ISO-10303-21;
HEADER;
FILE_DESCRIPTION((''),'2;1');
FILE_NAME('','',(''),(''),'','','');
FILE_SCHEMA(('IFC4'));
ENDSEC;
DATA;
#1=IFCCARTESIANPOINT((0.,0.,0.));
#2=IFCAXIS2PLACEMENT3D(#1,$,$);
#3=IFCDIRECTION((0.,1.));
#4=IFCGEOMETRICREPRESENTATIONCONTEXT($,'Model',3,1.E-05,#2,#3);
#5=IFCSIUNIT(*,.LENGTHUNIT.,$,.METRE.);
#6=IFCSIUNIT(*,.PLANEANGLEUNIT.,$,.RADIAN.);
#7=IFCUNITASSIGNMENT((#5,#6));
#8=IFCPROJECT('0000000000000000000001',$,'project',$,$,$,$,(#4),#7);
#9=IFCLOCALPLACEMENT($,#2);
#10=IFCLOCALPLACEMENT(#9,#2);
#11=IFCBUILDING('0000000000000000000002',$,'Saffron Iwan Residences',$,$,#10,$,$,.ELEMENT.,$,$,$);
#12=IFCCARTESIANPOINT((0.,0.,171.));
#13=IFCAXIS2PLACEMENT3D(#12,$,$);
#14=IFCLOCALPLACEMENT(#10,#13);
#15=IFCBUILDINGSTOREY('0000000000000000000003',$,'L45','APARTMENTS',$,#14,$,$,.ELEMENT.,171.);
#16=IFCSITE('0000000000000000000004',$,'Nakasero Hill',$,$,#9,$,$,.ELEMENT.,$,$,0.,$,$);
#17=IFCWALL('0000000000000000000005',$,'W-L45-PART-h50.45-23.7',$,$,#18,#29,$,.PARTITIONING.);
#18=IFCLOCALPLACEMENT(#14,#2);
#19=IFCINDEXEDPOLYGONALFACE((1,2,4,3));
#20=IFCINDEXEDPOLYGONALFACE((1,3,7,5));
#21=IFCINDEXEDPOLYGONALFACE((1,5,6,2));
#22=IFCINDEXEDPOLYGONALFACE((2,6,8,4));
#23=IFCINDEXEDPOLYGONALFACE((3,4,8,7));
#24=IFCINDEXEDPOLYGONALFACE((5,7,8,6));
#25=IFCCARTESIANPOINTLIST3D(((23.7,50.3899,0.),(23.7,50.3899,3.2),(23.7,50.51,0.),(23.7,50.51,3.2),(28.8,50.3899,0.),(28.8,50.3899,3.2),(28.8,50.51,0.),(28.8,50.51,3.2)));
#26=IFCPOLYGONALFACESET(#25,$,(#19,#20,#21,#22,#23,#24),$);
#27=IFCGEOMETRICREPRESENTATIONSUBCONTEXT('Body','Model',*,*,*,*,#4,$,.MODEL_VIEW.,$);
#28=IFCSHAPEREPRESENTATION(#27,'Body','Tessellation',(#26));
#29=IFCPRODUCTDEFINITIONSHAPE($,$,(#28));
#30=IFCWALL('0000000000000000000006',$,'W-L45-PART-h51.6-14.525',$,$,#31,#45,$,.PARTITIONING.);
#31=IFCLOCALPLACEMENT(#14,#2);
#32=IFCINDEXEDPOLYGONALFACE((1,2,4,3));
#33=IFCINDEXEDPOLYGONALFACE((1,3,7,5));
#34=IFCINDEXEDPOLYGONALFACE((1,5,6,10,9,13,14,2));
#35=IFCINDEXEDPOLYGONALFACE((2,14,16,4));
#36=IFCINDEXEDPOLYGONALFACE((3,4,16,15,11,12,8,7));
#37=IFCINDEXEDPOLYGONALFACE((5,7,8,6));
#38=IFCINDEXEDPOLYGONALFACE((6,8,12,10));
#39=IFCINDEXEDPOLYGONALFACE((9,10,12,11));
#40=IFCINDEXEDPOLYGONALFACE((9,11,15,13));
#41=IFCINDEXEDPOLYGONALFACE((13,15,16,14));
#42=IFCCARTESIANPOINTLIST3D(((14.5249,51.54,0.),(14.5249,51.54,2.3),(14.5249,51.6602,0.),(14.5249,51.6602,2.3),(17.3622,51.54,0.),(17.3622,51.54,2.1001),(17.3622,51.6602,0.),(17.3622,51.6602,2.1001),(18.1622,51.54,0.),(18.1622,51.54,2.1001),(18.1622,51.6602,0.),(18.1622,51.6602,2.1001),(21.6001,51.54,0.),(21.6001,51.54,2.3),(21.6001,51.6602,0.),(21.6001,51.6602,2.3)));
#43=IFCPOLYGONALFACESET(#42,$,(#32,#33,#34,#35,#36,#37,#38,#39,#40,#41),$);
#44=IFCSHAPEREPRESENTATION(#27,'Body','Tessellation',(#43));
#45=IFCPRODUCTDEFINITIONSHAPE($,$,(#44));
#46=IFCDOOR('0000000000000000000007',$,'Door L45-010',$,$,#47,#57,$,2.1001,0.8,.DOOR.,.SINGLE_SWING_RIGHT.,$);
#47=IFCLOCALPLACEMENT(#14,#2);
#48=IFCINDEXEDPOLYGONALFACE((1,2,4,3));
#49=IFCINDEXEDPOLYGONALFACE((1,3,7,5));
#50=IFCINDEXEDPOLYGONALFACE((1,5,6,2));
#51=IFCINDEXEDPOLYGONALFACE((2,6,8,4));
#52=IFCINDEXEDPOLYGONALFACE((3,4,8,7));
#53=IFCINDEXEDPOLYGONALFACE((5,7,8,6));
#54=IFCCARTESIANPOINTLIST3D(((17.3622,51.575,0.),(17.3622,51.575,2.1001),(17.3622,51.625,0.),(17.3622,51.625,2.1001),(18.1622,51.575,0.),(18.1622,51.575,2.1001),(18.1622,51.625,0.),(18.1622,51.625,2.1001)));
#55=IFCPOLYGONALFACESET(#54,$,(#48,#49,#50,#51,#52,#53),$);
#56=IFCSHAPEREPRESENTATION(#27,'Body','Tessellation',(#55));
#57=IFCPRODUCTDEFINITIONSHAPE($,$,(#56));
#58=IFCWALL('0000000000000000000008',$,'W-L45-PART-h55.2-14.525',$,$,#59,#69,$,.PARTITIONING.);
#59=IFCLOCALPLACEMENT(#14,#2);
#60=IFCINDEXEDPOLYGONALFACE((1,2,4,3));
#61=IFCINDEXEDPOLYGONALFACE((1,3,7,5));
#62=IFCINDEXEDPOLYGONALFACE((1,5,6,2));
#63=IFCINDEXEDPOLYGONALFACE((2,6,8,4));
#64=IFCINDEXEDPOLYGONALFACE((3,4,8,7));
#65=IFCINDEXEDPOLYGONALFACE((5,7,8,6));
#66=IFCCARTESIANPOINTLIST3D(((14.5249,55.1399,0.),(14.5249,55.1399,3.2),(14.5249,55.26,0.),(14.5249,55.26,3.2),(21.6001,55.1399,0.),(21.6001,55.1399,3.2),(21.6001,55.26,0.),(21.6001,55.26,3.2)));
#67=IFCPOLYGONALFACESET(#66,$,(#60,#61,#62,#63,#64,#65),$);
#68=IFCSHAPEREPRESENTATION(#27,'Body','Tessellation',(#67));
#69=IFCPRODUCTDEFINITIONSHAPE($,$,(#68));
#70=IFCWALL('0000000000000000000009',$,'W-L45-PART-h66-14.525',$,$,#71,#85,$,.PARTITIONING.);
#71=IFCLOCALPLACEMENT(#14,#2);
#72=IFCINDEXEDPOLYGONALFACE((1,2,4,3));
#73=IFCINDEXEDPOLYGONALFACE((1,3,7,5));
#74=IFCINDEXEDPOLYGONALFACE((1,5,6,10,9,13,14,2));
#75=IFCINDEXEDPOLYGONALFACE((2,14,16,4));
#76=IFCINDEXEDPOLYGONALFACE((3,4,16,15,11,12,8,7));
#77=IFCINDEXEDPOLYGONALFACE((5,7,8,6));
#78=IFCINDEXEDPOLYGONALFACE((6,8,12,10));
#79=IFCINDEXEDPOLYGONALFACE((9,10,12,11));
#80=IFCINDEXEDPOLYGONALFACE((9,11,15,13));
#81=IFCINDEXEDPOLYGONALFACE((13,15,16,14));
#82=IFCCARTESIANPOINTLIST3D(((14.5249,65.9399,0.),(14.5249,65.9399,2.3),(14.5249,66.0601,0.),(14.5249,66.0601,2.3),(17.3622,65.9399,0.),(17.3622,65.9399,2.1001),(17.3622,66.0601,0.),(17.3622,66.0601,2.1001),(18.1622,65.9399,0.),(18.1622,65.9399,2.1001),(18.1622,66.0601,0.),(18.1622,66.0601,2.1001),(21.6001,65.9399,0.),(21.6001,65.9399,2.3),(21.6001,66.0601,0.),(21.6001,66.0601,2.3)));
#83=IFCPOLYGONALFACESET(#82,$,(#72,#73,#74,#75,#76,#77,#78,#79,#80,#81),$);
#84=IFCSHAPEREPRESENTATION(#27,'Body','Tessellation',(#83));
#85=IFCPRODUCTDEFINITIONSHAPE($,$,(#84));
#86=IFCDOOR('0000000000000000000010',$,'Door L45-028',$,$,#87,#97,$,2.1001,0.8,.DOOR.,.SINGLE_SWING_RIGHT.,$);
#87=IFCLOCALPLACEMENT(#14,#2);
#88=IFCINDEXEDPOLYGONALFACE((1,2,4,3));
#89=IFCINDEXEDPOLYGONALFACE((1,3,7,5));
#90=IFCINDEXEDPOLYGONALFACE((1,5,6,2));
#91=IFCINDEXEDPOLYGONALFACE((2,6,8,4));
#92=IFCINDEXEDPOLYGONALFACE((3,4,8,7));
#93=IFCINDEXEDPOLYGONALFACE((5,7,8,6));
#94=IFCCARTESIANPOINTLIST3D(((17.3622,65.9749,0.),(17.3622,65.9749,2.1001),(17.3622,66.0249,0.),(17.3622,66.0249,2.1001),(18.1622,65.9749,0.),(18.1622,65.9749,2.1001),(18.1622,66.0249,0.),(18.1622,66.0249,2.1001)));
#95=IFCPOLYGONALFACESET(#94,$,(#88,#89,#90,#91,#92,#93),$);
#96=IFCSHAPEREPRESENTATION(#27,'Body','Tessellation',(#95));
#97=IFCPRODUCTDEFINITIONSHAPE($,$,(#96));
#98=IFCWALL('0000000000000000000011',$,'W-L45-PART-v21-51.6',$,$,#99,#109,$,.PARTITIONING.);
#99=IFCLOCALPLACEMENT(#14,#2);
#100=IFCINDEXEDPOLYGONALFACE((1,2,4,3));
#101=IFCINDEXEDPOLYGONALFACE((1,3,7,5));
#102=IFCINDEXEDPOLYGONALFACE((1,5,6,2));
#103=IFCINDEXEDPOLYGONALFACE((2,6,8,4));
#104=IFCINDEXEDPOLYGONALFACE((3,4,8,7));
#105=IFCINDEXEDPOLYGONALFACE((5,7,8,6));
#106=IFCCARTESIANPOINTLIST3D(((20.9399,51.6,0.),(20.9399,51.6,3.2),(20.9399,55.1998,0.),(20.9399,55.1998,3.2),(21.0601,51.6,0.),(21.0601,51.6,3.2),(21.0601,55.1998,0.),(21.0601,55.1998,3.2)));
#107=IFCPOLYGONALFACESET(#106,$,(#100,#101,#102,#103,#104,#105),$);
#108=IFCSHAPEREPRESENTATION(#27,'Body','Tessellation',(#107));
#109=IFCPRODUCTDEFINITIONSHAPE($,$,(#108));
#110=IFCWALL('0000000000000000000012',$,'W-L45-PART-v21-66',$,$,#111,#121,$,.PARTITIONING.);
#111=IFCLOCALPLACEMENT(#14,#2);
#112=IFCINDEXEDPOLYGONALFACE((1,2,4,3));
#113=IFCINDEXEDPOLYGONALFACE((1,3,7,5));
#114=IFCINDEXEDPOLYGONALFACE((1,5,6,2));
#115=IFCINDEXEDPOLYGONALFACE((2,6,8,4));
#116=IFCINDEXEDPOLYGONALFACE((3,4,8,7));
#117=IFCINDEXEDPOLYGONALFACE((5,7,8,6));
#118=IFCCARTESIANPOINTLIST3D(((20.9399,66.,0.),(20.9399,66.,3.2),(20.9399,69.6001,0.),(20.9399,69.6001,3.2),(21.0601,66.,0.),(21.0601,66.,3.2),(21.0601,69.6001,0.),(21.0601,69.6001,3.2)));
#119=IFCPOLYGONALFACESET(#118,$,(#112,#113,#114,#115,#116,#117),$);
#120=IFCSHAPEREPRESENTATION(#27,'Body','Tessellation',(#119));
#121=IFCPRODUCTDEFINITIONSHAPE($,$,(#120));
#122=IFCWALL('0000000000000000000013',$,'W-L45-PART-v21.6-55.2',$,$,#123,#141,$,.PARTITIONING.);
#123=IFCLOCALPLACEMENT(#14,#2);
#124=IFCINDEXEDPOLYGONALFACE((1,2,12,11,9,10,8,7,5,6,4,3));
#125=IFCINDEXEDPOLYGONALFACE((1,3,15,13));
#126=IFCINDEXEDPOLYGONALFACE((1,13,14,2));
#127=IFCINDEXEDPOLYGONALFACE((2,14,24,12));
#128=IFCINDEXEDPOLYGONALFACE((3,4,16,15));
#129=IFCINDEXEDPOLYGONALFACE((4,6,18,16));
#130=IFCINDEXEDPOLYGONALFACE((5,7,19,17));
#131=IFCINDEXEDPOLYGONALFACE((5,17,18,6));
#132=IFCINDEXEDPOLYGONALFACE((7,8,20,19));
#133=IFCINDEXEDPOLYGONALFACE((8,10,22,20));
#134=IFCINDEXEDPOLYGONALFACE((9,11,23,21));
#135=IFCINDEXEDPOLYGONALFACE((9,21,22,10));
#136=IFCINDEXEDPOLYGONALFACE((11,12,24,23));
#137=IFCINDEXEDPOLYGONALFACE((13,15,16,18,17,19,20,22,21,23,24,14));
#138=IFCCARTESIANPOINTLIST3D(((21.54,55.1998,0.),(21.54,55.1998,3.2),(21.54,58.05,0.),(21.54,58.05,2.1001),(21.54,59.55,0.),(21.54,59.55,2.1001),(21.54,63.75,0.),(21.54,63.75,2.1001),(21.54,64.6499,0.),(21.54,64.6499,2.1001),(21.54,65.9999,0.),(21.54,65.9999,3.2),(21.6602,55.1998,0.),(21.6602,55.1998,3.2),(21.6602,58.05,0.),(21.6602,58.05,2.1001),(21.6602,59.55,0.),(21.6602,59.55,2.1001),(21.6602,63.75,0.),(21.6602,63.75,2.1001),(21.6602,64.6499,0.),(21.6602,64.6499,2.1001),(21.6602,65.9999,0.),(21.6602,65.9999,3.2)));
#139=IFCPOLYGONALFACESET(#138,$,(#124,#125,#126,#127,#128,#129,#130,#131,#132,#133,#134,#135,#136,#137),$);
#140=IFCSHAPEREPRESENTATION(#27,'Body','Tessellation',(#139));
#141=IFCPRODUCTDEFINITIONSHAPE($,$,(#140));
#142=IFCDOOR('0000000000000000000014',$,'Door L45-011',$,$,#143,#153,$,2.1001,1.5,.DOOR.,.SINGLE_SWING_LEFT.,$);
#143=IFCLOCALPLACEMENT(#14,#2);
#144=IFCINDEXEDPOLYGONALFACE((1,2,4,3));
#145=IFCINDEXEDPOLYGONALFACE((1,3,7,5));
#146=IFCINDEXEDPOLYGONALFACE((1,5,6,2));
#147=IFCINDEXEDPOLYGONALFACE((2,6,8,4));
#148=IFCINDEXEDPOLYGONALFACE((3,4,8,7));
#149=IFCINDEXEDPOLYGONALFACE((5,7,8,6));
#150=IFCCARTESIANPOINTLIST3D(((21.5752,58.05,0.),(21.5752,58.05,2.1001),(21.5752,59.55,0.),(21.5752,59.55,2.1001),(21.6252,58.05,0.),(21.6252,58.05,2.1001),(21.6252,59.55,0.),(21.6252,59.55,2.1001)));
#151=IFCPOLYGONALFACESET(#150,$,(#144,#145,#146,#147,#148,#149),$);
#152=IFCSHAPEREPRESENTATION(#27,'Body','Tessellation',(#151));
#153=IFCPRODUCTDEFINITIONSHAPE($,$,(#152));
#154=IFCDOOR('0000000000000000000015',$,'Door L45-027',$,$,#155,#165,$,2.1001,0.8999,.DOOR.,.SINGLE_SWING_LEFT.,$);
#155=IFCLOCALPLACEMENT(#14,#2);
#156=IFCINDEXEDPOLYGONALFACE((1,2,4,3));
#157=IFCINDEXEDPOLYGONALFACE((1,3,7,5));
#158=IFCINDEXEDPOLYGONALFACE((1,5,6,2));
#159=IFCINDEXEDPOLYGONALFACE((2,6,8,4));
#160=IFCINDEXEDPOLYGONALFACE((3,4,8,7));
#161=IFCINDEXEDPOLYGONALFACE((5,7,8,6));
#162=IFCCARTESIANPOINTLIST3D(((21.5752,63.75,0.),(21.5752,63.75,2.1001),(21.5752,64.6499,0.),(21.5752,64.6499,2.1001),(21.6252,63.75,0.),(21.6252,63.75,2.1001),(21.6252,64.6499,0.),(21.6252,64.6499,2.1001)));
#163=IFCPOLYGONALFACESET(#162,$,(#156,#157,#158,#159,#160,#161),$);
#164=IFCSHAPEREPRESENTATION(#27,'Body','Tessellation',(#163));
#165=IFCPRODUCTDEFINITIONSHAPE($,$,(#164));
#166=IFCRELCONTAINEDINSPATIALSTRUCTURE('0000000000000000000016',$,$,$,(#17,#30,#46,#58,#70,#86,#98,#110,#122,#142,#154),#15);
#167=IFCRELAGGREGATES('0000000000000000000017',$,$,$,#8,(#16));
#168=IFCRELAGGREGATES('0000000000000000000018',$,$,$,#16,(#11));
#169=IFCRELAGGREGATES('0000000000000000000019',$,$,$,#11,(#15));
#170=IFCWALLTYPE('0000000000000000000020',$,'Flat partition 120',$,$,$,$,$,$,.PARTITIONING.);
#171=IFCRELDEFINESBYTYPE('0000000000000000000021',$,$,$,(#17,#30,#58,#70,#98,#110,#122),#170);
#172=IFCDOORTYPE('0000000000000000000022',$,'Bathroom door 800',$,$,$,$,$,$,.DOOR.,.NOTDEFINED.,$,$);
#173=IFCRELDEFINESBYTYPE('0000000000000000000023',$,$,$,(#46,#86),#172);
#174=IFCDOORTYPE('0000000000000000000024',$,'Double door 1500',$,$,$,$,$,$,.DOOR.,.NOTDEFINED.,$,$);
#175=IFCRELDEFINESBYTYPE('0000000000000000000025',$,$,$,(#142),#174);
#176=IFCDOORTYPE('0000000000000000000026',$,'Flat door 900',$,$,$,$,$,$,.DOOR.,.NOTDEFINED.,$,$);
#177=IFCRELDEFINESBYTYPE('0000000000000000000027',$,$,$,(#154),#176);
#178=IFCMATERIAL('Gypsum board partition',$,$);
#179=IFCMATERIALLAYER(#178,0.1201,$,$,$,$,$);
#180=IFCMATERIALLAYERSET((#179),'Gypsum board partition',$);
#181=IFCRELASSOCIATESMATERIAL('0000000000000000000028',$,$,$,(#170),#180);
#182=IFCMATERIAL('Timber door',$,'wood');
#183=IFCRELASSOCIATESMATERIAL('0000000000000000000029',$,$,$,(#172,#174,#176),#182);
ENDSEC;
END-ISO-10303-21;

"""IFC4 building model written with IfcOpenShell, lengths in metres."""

from ifc_helpers import new_model, si_unit, direction, frame, frame_2d, origin, place, context, subcontext, project, spatial, rectangle, extrude, material, layer, layer_set, type_object, element, fill, save


model = new_model("IFC4")

# Units and contexts
model_context = context("Model", 3, precision=1e-05, world=origin(), true_north=direction((0.0, 1.0)))
body_context = subcontext(model_context, "Body", "Model", "MODEL_VIEW")
ifc_project = project(units=[si_unit("LENGTHUNIT", "METRE"), si_unit("PLANEANGLEUNIT", "RADIAN")], contexts=[model_context])

# Site, building, storey
site_placement = place(None, origin())
site = spatial("IfcSite", under=ifc_project, at=site_placement, Name="Nakasero Hill", CompositionType="ELEMENT", RefElevation=0.0)
building_placement = place(site_placement, origin())
building = spatial("IfcBuilding", under=site, at=building_placement, Name="Saffron Iwan Residences", CompositionType="ELEMENT")
storey_placement = place(building_placement, frame((0.0, 0.0, 171.0)))
storey = spatial("IfcBuildingStorey", under=building, at=storey_placement, Name="L45", Description="APARTMENTS", CompositionType="ELEMENT", Elevation=171.0)

# Wall
ifc_material_1 = material(Name="Gypsum board partition")
ifc_layer_1 = layer(ifc_material_1, 0.1201)
ifc_layer_set_1 = layer_set([ifc_layer_1], Name="Gypsum board partition")
wall_type_1 = type_object("IfcWallType", Name="Flat partition 120", PredefinedType="PARTITIONING", material=ifc_layer_set_1)
wall_1_placement = place(storey_placement, frame((23.7, 50.45, 0.0), z_axis=(0.0, 0.0, 1.0), x_axis=(1.0, 0.0, 0.0)))
element("IfcWall", 1, at=wall_1_placement, inside=storey, type_object=wall_type_1, Name="W-L45-PART-h50.45-23.7", PredefinedType="PARTITIONING", context=body_context, shape_type="SweptSolid", body=[
    extrude(rectangle(XDim=5.1001, YDim=0.1201, at=frame_2d((2.55, 0.0))), origin(), (0.0, 0.0, 1.0), 3.2),
])

# Wall, opening, door
wall_2_placement = place(storey_placement, frame((14.5249, 51.6001, 0.0), z_axis=(0.0, 0.0, 1.0), x_axis=(1.0, 0.0, 0.0)))
wall_2 = element("IfcWall", 2, at=wall_2_placement, inside=storey, type_object=wall_type_1, Name="W-L45-PART-h51.6-14.525", PredefinedType="PARTITIONING", context=body_context, shape_type="SweptSolid", body=[
    extrude(rectangle(XDim=7.0752, YDim=0.1201, at=frame_2d((3.5376, 0.0))), origin(), (0.0, 0.0, 1.0), 2.3),
])
opening_1_placement = place(wall_2_placement, frame((2.8374, 0.0, 0.0)))
opening_1 = element("IfcOpeningElement", 3, at=opening_1_placement, cuts=wall_2, PredefinedType="OPENING", context=body_context, shape_type="SweptSolid", body=[
    extrude(rectangle(XDim=0.8, YDim=2.1001, at=frame_2d((0.3999, 1.05))), frame((0.0, 0.0701, 0.0), z_axis=(0.0, -1.0, 0.0), x_axis=(1.0, 0.0, 0.0)), (0.0, 0.0, 1.0), 0.1401),
])
ifc_material_2 = material(Name="Timber door", Category="wood")
door_type_1 = type_object("IfcDoorType", Name="Bathroom door 800", OperationType="NOTDEFINED", PredefinedType="DOOR", material=ifc_material_2)
door_1_placement = place(opening_1_placement, origin())
door_1 = element("IfcDoor", 4, at=door_1_placement, inside=storey, type_object=door_type_1, Name="Door L45-010", OperationType="SINGLE_SWING_RIGHT", OverallHeight=2.1001, OverallWidth=0.8, PredefinedType="DOOR", context=body_context, shape_type="SweptSolid", body=[
    extrude(rectangle(XDim=0.8, YDim=2.1001, at=frame_2d((0.3999, 1.05))), frame((0.0, 0.0249, 0.0), z_axis=(0.0, -1.0, 0.0), x_axis=(1.0, 0.0, 0.0)), (0.0, 0.0, 1.0), 0.05),
])
fill(opening_1, door_1)

# Wall
wall_3_placement = place(storey_placement, frame((14.5249, 55.2, 0.0), z_axis=(0.0, 0.0, 1.0), x_axis=(1.0, 0.0, 0.0)))
element("IfcWall", 5, at=wall_3_placement, inside=storey, type_object=wall_type_1, Name="W-L45-PART-h55.2-14.525", PredefinedType="PARTITIONING", context=body_context, shape_type="SweptSolid", body=[
    extrude(rectangle(XDim=7.0752, YDim=0.1201, at=frame_2d((3.5376, 0.0))), origin(), (0.0, 0.0, 1.0), 3.2),
])

# Wall, opening, door
wall_4_placement = place(storey_placement, frame((14.5249, 66.0, 0.0), z_axis=(0.0, 0.0, 1.0), x_axis=(1.0, 0.0, 0.0)))
wall_4 = element("IfcWall", 6, at=wall_4_placement, inside=storey, type_object=wall_type_1, Name="W-L45-PART-h66-14.525", PredefinedType="PARTITIONING", context=body_context, shape_type="SweptSolid", body=[
    extrude(rectangle(XDim=7.0752, YDim=0.1201, at=frame_2d((3.5376, 0.0))), origin(), (0.0, 0.0, 1.0), 2.3),
])
opening_2_placement = place(wall_4_placement, frame((2.8374, 0.0, 0.0)))
opening_2 = element("IfcOpeningElement", 7, at=opening_2_placement, cuts=wall_4, PredefinedType="OPENING", context=body_context, shape_type="SweptSolid", body=[
    extrude(rectangle(XDim=0.8, YDim=2.1001, at=frame_2d((0.3999, 1.05))), frame((0.0, 0.0701, 0.0), z_axis=(0.0, -1.0, 0.0), x_axis=(1.0, 0.0, 0.0)), (0.0, 0.0, 1.0), 0.1401),
])
door_2_placement = place(opening_2_placement, origin())
door_2 = element("IfcDoor", 8, at=door_2_placement, inside=storey, type_object=door_type_1, Name="Door L45-028", OperationType="SINGLE_SWING_RIGHT", OverallHeight=2.1001, OverallWidth=0.8, PredefinedType="DOOR", context=body_context, shape_type="SweptSolid", body=[
    extrude(rectangle(XDim=0.8, YDim=2.1001, at=frame_2d((0.3999, 1.05))), frame((0.0, 0.0249, 0.0), z_axis=(0.0, -1.0, 0.0), x_axis=(1.0, 0.0, 0.0)), (0.0, 0.0, 1.0), 0.05),
])
fill(opening_2, door_2)

# Walls
wall_5_placement = place(storey_placement, frame((21.0, 51.6001, 0.0), z_axis=(0.0, 0.0, 1.0), x_axis=(0.0, 1.0, 0.0)))
element("IfcWall", 9, at=wall_5_placement, inside=storey, type_object=wall_type_1, Name="W-L45-PART-v21-51.6", PredefinedType="PARTITIONING", context=body_context, shape_type="SweptSolid", body=[
    extrude(rectangle(XDim=3.5999, YDim=0.1201, at=frame_2d((1.7998, 0.0))), origin(), (0.0, 0.0, 1.0), 3.2),
])
wall_6_placement = place(storey_placement, frame((21.0, 66.0, 0.0), z_axis=(0.0, 0.0, 1.0), x_axis=(0.0, 1.0, 0.0)))
element("IfcWall", 10, at=wall_6_placement, inside=storey, type_object=wall_type_1, Name="W-L45-PART-v21-66", PredefinedType="PARTITIONING", context=body_context, shape_type="SweptSolid", body=[
    extrude(rectangle(XDim=3.6001, YDim=0.1201, at=frame_2d((1.8, 0.0))), origin(), (0.0, 0.0, 1.0), 3.2),
])

# Wall, openings, doors
wall_7_placement = place(storey_placement, frame((21.6001, 55.2, 0.0), z_axis=(0.0, 0.0, 1.0), x_axis=(0.0, 1.0, 0.0)))
wall_7 = element("IfcWall", 11, at=wall_7_placement, inside=storey, type_object=wall_type_1, Name="W-L45-PART-v21.6-55.2", PredefinedType="PARTITIONING", context=body_context, shape_type="SweptSolid", body=[
    extrude(rectangle(XDim=10.8, YDim=0.1201, at=frame_2d((5.3999, 0.0))), origin(), (0.0, 0.0, 1.0), 3.2),
])
opening_3_placement = place(wall_7_placement, frame((2.8501, 0.0, 0.0)))
opening_3 = element("IfcOpeningElement", 12, at=opening_3_placement, cuts=wall_7, PredefinedType="OPENING", context=body_context, shape_type="SweptSolid", body=[
    extrude(rectangle(XDim=1.5, YDim=2.1001, at=frame_2d((0.75, 1.05))), frame((0.0, 0.0701, 0.0), z_axis=(0.0, -1.0, 0.0), x_axis=(1.0, 0.0, 0.0)), (0.0, 0.0, 1.0), 0.1401),
])
opening_4_placement = place(wall_7_placement, frame((8.55, 0.0, 0.0)))
opening_4 = element("IfcOpeningElement", 13, at=opening_4_placement, cuts=wall_7, PredefinedType="OPENING", context=body_context, shape_type="SweptSolid", body=[
    extrude(rectangle(XDim=0.8999, YDim=2.1001, at=frame_2d((0.45, 1.05))), frame((0.0, 0.0701, 0.0), z_axis=(0.0, -1.0, 0.0), x_axis=(1.0, 0.0, 0.0)), (0.0, 0.0, 1.0), 0.1401),
])
door_type_2 = type_object("IfcDoorType", Name="Double door 1500", OperationType="NOTDEFINED", PredefinedType="DOOR", material=ifc_material_2)
door_3_placement = place(opening_3_placement, origin())
door_3 = element("IfcDoor", 14, at=door_3_placement, inside=storey, type_object=door_type_2, Name="Door L45-011", OperationType="SINGLE_SWING_LEFT", OverallHeight=2.1001, OverallWidth=1.5, PredefinedType="DOOR", context=body_context, shape_type="SweptSolid", body=[
    extrude(rectangle(XDim=1.5, YDim=2.1001, at=frame_2d((0.75, 1.05))), frame((0.0, 0.0249, 0.0), z_axis=(0.0, -1.0, 0.0), x_axis=(1.0, 0.0, 0.0)), (0.0, 0.0, 1.0), 0.05),
])
fill(opening_3, door_3)
door_type_3 = type_object("IfcDoorType", Name="Flat door 900", OperationType="NOTDEFINED", PredefinedType="DOOR", material=ifc_material_2)
door_4_placement = place(opening_4_placement, origin())
door_4 = element("IfcDoor", 15, at=door_4_placement, inside=storey, type_object=door_type_3, Name="Door L45-027", OperationType="SINGLE_SWING_LEFT", OverallHeight=2.1001, OverallWidth=0.8999, PredefinedType="DOOR", context=body_context, shape_type="SweptSolid", body=[
    extrude(rectangle(XDim=0.8999, YDim=2.1001, at=frame_2d((0.45, 1.05))), frame((0.0, 0.0249, 0.0), z_axis=(0.0, -1.0, 0.0), x_axis=(1.0, 0.0, 0.0)), (0.0, 0.0, 1.0), 0.05),
])
fill(opening_4, door_4)

save(model, "model.ifc")
